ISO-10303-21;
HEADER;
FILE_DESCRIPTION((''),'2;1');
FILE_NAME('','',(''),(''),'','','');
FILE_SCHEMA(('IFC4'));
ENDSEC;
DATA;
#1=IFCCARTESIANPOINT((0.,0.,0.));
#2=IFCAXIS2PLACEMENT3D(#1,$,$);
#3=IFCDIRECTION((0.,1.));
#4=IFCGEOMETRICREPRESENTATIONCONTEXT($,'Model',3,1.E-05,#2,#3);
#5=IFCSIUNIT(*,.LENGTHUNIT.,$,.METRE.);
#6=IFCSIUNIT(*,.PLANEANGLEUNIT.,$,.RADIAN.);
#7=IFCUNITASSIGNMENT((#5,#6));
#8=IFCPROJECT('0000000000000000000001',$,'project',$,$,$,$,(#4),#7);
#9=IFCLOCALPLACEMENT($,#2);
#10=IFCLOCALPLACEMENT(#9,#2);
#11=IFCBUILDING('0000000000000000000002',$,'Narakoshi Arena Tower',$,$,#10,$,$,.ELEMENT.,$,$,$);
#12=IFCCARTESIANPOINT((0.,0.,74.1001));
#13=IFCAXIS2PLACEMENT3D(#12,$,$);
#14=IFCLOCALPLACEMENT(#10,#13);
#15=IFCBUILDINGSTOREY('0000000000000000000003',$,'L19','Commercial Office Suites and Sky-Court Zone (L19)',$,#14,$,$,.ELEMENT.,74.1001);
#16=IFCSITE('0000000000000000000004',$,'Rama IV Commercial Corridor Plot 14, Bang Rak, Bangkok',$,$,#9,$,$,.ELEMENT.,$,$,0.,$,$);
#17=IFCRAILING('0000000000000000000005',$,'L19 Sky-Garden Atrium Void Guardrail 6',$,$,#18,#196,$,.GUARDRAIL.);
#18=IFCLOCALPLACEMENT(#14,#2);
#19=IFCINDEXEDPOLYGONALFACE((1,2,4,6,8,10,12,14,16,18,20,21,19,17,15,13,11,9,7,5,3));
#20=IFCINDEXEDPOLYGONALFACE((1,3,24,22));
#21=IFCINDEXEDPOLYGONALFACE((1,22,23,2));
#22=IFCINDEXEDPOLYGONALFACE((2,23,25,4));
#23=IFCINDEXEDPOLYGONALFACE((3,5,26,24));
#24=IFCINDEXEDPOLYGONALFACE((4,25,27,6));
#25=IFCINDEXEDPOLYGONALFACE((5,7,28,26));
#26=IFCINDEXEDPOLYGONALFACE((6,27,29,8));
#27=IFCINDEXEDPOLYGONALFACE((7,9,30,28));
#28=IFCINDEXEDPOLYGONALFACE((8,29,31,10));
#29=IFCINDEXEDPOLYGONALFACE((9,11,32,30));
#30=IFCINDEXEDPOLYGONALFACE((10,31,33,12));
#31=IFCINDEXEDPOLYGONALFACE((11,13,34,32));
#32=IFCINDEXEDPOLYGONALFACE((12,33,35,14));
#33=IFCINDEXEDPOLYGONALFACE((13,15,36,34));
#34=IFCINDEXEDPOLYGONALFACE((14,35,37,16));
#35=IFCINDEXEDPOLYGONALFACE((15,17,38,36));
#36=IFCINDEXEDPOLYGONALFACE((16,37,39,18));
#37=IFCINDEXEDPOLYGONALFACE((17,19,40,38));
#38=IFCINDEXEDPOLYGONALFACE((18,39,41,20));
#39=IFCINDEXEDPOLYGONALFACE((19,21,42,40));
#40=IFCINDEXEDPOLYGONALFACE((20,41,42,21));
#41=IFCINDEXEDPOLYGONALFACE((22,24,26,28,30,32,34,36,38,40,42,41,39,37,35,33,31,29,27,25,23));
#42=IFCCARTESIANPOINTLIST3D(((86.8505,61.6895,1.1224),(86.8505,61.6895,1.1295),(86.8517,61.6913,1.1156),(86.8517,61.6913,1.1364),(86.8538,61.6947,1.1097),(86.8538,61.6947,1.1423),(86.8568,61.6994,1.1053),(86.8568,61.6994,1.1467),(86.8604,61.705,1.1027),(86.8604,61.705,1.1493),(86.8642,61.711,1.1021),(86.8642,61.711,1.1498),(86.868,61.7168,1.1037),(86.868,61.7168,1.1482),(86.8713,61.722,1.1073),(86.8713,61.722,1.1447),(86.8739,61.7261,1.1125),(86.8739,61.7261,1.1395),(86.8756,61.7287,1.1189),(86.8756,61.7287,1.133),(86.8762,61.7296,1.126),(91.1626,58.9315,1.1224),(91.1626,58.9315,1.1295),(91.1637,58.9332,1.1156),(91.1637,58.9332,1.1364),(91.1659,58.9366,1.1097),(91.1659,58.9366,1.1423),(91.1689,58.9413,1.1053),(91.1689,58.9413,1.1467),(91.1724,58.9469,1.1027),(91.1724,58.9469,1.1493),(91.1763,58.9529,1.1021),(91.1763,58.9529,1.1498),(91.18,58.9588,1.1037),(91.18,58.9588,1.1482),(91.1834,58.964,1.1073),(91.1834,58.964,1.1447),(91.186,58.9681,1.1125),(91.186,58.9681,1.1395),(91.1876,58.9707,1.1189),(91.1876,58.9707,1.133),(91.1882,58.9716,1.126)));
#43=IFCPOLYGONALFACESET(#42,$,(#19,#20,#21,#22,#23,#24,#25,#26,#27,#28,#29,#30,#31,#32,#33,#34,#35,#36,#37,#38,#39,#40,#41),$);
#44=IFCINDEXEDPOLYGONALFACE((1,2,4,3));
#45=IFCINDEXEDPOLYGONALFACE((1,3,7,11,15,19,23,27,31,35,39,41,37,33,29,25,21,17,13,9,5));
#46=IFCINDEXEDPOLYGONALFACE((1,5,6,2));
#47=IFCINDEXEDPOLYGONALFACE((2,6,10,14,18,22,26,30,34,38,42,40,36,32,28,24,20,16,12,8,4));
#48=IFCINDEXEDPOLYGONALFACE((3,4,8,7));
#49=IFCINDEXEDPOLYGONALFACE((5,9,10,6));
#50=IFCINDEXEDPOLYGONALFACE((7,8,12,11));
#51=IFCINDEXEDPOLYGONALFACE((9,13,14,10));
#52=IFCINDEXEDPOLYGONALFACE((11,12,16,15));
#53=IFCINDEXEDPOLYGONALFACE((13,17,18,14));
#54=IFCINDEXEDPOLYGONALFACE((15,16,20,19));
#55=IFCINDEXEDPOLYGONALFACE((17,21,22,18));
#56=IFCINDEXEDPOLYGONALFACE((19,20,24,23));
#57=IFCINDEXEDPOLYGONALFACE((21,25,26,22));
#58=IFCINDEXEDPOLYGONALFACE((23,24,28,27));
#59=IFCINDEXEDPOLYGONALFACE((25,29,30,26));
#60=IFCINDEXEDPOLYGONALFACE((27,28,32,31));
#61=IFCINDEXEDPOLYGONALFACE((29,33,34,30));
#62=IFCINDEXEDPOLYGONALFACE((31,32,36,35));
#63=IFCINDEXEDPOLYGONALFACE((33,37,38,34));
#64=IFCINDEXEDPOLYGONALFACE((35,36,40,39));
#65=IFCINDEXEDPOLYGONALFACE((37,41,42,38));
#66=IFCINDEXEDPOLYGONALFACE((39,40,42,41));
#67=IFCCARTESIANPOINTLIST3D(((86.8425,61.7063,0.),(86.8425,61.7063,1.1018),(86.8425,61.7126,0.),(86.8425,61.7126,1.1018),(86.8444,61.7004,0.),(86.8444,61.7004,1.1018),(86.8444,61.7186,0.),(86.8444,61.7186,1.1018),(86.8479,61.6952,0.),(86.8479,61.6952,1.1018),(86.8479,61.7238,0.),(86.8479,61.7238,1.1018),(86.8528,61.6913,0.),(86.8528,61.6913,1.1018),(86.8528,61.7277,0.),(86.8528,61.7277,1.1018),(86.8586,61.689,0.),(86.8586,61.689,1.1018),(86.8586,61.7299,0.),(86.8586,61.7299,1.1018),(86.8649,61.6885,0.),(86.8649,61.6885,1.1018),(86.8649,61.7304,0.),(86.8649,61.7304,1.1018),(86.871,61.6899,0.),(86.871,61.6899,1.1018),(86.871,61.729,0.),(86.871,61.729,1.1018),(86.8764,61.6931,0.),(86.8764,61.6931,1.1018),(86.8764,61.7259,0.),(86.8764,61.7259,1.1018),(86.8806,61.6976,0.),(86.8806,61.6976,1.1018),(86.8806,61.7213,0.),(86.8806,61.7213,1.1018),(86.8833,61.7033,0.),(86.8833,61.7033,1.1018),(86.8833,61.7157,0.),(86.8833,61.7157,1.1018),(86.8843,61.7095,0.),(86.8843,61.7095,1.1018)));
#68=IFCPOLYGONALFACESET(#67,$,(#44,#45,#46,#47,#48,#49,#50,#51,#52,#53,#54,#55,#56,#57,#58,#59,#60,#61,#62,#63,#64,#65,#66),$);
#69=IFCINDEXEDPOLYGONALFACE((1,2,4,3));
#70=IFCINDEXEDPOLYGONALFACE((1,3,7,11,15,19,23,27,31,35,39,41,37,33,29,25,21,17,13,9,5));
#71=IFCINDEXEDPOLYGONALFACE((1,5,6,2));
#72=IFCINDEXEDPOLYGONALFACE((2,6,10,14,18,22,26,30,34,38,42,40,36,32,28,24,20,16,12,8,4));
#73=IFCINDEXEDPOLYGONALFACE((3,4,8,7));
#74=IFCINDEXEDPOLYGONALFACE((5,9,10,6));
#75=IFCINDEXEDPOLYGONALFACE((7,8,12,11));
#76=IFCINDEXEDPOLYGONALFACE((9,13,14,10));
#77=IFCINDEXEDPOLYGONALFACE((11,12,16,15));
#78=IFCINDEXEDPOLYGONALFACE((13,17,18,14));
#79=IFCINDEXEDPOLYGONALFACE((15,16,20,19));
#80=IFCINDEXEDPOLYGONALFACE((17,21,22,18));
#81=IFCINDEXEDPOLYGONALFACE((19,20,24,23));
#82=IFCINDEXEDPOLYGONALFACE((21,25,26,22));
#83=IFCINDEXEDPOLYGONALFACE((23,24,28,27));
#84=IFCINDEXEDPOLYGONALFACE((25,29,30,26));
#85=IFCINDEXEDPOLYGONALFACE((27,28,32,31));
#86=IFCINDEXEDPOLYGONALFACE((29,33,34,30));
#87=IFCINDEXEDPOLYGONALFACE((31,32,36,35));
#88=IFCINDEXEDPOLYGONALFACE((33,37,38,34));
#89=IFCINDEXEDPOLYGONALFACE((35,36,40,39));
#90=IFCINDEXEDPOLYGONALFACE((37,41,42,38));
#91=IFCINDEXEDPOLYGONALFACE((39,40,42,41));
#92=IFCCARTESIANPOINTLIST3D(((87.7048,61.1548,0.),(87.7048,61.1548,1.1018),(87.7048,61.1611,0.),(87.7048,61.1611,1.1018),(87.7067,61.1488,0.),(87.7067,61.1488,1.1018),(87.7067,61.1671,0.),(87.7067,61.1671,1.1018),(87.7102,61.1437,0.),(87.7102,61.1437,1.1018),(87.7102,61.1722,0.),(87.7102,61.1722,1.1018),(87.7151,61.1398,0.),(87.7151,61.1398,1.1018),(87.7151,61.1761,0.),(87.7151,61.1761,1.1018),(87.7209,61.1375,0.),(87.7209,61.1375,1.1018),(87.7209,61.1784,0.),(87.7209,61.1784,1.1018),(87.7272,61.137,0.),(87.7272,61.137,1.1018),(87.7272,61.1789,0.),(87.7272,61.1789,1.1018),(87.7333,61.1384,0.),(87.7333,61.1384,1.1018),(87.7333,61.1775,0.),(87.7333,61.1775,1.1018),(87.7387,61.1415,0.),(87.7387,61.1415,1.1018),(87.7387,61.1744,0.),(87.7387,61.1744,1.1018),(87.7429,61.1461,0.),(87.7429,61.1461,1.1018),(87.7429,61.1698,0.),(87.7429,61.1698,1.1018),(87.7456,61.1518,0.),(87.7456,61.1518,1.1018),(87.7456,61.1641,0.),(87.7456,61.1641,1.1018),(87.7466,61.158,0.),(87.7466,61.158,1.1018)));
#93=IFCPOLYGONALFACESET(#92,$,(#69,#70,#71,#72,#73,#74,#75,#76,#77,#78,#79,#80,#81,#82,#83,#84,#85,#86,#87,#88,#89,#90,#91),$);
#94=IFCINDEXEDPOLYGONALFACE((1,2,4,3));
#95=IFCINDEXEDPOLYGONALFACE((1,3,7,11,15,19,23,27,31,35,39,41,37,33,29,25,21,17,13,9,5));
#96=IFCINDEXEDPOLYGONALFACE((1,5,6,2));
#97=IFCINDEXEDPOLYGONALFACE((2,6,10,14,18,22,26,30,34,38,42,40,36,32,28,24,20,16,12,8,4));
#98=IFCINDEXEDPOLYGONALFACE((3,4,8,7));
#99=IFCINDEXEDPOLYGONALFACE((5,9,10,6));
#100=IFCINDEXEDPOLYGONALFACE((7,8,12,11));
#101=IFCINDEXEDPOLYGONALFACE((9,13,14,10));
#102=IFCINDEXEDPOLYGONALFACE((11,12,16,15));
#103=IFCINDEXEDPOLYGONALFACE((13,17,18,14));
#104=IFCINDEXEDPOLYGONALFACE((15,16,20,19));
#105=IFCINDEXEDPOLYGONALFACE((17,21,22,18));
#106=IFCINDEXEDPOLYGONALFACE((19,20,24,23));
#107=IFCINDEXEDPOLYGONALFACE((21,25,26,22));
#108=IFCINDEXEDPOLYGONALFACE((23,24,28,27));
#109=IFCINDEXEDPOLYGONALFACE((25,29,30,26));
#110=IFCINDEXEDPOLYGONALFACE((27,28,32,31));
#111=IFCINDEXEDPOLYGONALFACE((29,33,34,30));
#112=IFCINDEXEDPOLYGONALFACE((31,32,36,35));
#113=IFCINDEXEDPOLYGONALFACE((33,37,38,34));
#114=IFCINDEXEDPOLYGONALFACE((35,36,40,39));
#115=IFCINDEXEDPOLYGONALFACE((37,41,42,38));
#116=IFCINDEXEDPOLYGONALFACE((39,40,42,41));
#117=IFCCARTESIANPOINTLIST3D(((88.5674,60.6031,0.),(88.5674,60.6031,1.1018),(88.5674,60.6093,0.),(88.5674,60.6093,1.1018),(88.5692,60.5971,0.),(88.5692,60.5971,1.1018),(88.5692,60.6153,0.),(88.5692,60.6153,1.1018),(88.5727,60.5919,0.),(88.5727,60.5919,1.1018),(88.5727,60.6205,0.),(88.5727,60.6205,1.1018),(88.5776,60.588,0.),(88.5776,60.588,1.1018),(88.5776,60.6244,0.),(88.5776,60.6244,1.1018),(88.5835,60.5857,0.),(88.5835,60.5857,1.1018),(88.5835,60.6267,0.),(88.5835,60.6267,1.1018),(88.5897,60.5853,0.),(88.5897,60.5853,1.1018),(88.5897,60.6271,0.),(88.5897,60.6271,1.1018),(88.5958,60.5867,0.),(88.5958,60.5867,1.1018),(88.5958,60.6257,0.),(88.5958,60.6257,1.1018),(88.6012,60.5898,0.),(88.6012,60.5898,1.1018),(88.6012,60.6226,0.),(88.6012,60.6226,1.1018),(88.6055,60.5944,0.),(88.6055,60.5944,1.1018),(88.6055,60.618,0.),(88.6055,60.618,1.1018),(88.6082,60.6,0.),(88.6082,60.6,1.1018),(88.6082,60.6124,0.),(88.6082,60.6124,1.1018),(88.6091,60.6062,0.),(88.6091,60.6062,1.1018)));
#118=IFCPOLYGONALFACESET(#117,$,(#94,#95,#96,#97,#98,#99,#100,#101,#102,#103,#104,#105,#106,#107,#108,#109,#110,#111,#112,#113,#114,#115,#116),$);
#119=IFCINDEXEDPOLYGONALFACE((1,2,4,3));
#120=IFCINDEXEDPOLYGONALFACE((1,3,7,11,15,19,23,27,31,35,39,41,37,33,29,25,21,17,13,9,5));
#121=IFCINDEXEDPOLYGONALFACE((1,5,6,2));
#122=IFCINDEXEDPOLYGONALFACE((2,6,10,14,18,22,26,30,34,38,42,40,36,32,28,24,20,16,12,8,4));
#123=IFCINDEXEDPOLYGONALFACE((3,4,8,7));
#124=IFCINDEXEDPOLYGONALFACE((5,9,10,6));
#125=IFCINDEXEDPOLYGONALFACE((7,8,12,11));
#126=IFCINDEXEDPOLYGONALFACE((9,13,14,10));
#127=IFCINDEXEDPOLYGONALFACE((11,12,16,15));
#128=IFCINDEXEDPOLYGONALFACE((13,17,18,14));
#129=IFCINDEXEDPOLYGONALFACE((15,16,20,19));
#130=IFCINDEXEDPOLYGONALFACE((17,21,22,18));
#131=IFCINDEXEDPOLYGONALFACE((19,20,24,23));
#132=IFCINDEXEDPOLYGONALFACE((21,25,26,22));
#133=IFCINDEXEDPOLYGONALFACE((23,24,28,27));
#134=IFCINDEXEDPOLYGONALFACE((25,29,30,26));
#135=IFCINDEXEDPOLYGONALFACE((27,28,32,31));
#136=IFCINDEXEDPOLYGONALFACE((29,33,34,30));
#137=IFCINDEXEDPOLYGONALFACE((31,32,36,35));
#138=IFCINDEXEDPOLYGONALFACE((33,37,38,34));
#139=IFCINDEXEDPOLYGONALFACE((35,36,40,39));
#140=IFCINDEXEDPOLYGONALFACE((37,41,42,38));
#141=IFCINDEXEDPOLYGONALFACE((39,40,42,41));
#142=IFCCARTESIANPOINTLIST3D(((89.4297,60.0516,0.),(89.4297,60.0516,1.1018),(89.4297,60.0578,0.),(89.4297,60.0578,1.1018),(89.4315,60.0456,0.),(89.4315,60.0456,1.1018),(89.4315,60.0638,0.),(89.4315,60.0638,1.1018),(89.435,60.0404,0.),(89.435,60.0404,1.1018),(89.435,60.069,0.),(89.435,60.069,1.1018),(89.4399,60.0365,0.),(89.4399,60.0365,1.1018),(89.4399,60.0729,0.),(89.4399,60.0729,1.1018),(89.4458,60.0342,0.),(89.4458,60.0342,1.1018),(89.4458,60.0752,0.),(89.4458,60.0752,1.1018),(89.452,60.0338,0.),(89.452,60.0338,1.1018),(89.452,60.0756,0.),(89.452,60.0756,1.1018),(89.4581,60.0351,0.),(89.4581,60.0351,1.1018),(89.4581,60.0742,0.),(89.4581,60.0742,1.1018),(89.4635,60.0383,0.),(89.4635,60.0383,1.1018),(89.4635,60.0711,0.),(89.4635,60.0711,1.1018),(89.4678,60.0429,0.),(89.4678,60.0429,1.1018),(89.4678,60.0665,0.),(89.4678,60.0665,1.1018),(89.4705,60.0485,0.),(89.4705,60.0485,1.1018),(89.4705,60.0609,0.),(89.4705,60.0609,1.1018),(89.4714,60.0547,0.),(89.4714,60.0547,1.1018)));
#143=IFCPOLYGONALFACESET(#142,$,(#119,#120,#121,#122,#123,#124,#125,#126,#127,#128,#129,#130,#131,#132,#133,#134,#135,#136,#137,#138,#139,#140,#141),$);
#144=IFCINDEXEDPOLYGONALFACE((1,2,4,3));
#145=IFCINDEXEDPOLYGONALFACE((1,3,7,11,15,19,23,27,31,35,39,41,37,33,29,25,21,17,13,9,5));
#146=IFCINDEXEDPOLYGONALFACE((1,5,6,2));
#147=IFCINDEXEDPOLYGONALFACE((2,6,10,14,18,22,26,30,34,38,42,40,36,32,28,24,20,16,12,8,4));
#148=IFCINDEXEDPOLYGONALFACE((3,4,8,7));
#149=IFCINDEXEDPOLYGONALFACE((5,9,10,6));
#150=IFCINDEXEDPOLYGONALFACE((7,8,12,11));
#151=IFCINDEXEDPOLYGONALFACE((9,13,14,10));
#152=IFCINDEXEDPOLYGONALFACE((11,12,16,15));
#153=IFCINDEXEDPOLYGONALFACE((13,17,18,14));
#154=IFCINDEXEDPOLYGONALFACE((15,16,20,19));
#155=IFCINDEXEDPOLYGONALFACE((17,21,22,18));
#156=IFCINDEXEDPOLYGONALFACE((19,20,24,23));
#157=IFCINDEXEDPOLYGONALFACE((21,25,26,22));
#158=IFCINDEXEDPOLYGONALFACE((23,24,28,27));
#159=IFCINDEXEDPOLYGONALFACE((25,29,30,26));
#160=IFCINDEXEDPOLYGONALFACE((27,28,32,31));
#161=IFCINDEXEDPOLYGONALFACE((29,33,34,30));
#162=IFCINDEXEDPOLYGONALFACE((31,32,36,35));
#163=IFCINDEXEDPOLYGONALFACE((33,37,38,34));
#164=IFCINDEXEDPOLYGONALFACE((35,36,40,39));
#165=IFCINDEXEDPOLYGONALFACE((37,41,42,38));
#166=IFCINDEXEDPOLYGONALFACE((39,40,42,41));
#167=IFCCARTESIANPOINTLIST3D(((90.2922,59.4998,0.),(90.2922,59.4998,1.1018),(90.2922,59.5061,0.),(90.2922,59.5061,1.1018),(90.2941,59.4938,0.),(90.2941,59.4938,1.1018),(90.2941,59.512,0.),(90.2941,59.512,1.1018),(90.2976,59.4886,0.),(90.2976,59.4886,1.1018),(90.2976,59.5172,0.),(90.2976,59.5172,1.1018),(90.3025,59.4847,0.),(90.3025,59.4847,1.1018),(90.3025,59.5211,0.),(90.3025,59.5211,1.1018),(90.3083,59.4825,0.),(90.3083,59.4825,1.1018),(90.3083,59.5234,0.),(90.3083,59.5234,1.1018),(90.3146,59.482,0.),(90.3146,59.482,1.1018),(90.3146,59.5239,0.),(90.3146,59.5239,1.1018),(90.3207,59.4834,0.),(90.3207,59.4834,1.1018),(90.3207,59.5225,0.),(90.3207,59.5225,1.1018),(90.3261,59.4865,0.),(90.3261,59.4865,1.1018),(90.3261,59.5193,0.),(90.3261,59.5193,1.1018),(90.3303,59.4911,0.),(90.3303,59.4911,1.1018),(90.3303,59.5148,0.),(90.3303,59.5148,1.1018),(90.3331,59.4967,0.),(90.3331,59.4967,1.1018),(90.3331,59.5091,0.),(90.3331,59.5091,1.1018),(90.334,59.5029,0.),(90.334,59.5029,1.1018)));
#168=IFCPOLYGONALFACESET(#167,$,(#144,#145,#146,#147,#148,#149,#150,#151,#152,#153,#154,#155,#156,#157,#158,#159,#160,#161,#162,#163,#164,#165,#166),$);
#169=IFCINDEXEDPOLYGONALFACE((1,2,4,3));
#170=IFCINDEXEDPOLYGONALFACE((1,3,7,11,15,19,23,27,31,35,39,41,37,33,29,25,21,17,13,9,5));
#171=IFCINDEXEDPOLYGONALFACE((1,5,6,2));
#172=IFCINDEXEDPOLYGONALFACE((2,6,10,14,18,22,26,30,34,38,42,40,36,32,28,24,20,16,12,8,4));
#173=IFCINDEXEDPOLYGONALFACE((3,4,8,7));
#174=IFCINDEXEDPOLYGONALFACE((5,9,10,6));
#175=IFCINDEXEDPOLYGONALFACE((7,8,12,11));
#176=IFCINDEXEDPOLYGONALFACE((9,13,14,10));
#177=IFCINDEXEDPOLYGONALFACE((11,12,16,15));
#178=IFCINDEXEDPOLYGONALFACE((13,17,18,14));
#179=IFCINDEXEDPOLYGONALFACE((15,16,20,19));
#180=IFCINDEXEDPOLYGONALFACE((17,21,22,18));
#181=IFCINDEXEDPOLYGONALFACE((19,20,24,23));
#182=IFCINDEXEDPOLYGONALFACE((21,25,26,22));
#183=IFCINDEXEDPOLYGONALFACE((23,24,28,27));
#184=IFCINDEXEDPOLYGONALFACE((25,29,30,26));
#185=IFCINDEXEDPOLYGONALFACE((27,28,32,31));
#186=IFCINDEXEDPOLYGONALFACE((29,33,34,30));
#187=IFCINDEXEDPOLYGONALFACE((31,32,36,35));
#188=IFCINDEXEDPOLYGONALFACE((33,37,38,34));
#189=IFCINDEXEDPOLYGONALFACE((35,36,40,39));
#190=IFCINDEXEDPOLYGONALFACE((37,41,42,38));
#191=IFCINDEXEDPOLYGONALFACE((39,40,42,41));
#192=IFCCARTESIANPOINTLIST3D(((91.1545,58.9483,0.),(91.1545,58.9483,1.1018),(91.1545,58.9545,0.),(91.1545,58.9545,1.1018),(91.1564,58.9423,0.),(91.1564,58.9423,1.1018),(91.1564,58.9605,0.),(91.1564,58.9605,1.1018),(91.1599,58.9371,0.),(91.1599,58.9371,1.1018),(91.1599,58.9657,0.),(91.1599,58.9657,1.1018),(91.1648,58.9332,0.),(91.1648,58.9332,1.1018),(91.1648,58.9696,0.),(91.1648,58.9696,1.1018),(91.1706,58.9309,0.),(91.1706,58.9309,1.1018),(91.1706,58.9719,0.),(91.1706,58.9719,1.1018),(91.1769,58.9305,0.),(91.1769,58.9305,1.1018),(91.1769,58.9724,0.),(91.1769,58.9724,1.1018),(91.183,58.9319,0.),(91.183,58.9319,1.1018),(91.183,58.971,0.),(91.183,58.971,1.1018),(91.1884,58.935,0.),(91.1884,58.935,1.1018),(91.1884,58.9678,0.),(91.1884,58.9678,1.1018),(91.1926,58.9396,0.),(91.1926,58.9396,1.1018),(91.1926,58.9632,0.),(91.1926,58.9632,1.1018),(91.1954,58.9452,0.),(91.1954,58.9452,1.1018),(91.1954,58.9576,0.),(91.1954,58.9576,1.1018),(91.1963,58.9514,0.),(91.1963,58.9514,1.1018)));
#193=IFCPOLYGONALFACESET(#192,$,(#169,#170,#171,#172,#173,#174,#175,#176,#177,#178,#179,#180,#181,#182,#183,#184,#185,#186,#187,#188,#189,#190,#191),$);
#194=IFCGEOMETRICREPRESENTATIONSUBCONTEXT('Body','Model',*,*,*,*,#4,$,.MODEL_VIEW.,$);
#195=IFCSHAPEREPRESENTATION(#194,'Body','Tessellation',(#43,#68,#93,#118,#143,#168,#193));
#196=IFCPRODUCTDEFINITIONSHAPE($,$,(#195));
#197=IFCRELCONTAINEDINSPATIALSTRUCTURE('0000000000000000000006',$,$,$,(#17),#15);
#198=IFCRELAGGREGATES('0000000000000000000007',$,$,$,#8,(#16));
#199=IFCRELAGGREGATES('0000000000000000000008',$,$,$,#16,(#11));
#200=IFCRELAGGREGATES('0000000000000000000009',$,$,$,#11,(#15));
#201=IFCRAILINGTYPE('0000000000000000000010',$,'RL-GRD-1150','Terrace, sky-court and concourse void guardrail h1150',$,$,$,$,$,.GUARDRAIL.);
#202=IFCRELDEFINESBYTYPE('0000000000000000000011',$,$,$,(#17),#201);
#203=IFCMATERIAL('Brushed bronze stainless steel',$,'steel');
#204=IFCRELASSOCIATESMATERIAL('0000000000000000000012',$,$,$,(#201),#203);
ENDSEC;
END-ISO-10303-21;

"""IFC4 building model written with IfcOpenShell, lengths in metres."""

from ifc_helpers import new_model, si_unit, direction, frame, origin, origin_2d, place, context, subcontext, project, spatial, circle, extrude, material, type_object, element, save


model = new_model("IFC4")

# Units and contexts
model_context = context("Model", 3, precision=1e-05, world=origin(), true_north=direction((0.0, 1.0)))
body_context = subcontext(model_context, "Body", "Model", "MODEL_VIEW")
ifc_project = project(units=[si_unit("LENGTHUNIT", "METRE"), si_unit("PLANEANGLEUNIT", "RADIAN")], contexts=[model_context])

# Site, building, storey
site_placement = place(None, origin())
site = spatial("IfcSite", under=ifc_project, at=site_placement, Name="Rama IV Commercial Corridor Plot 14, Bang Rak, Bangkok", CompositionType="ELEMENT", RefElevation=0.0)
building_placement = place(site_placement, origin())
building = spatial("IfcBuilding", under=site, at=building_placement, Name="Narakoshi Arena Tower", CompositionType="ELEMENT")
storey_placement = place(building_placement, frame((0.0, 0.0, 74.1001)))
storey = spatial("IfcBuildingStorey", under=building, at=storey_placement, Name="L19", Description="Commercial Office Suites and Sky-Court Zone (L19)", CompositionType="ELEMENT", Elevation=74.1001)

# Railing
ifc_material_1 = material(Name="Brushed bronze stainless steel", Category="steel")
railing_type = type_object("IfcRailingType", Name="RL-GRD-1150", Description="Terrace, sky-court and concourse void guardrail h1150", PredefinedType="GUARDRAIL", material=ifc_material_1)
railing_1_placement = place(storey_placement, frame((86.8633, 61.7095, 0.0)))
element("IfcRailing", 1, at=railing_1_placement, inside=storey, type_object=railing_type, Name="L19 Sky-Garden Atrium Void Guardrail 6", PredefinedType="GUARDRAIL", context=body_context, shape_type="SweptSolid", body=[
    extrude(circle(Radius=0.0239, at=origin_2d()), frame((0.0, 0.0, 1.126), z_axis=(0.842416, -0.538828, 0.0), x_axis=(0.538828, 0.842416, 0.0)), (0.0, 0.0, 1.0), 5.1187),
    extrude(circle(Radius=0.021, at=origin_2d()), origin(), (0.0, 0.0, 1.0), 1.1018),
    extrude(circle(Radius=0.021, at=origin_2d()), frame((0.8623, -0.5515, 0.0)), (0.0, 0.0, 1.0), 1.1018),
    extrude(circle(Radius=0.021, at=origin_2d()), frame((1.7249, -1.1033, 0.0)), (0.0, 0.0, 1.0), 1.1018),
    extrude(circle(Radius=0.021, at=origin_2d()), frame((2.5872, -1.6548, 0.0)), (0.0, 0.0, 1.0), 1.1018),
    extrude(circle(Radius=0.021, at=origin_2d()), frame((3.4497, -2.2065, 0.0)), (0.0, 0.0, 1.0), 1.1018),
    extrude(circle(Radius=0.021, at=origin_2d()), frame((4.312, -2.7581, 0.0)), (0.0, 0.0, 1.0), 1.1018),
])

save(model, "model.ifc")
